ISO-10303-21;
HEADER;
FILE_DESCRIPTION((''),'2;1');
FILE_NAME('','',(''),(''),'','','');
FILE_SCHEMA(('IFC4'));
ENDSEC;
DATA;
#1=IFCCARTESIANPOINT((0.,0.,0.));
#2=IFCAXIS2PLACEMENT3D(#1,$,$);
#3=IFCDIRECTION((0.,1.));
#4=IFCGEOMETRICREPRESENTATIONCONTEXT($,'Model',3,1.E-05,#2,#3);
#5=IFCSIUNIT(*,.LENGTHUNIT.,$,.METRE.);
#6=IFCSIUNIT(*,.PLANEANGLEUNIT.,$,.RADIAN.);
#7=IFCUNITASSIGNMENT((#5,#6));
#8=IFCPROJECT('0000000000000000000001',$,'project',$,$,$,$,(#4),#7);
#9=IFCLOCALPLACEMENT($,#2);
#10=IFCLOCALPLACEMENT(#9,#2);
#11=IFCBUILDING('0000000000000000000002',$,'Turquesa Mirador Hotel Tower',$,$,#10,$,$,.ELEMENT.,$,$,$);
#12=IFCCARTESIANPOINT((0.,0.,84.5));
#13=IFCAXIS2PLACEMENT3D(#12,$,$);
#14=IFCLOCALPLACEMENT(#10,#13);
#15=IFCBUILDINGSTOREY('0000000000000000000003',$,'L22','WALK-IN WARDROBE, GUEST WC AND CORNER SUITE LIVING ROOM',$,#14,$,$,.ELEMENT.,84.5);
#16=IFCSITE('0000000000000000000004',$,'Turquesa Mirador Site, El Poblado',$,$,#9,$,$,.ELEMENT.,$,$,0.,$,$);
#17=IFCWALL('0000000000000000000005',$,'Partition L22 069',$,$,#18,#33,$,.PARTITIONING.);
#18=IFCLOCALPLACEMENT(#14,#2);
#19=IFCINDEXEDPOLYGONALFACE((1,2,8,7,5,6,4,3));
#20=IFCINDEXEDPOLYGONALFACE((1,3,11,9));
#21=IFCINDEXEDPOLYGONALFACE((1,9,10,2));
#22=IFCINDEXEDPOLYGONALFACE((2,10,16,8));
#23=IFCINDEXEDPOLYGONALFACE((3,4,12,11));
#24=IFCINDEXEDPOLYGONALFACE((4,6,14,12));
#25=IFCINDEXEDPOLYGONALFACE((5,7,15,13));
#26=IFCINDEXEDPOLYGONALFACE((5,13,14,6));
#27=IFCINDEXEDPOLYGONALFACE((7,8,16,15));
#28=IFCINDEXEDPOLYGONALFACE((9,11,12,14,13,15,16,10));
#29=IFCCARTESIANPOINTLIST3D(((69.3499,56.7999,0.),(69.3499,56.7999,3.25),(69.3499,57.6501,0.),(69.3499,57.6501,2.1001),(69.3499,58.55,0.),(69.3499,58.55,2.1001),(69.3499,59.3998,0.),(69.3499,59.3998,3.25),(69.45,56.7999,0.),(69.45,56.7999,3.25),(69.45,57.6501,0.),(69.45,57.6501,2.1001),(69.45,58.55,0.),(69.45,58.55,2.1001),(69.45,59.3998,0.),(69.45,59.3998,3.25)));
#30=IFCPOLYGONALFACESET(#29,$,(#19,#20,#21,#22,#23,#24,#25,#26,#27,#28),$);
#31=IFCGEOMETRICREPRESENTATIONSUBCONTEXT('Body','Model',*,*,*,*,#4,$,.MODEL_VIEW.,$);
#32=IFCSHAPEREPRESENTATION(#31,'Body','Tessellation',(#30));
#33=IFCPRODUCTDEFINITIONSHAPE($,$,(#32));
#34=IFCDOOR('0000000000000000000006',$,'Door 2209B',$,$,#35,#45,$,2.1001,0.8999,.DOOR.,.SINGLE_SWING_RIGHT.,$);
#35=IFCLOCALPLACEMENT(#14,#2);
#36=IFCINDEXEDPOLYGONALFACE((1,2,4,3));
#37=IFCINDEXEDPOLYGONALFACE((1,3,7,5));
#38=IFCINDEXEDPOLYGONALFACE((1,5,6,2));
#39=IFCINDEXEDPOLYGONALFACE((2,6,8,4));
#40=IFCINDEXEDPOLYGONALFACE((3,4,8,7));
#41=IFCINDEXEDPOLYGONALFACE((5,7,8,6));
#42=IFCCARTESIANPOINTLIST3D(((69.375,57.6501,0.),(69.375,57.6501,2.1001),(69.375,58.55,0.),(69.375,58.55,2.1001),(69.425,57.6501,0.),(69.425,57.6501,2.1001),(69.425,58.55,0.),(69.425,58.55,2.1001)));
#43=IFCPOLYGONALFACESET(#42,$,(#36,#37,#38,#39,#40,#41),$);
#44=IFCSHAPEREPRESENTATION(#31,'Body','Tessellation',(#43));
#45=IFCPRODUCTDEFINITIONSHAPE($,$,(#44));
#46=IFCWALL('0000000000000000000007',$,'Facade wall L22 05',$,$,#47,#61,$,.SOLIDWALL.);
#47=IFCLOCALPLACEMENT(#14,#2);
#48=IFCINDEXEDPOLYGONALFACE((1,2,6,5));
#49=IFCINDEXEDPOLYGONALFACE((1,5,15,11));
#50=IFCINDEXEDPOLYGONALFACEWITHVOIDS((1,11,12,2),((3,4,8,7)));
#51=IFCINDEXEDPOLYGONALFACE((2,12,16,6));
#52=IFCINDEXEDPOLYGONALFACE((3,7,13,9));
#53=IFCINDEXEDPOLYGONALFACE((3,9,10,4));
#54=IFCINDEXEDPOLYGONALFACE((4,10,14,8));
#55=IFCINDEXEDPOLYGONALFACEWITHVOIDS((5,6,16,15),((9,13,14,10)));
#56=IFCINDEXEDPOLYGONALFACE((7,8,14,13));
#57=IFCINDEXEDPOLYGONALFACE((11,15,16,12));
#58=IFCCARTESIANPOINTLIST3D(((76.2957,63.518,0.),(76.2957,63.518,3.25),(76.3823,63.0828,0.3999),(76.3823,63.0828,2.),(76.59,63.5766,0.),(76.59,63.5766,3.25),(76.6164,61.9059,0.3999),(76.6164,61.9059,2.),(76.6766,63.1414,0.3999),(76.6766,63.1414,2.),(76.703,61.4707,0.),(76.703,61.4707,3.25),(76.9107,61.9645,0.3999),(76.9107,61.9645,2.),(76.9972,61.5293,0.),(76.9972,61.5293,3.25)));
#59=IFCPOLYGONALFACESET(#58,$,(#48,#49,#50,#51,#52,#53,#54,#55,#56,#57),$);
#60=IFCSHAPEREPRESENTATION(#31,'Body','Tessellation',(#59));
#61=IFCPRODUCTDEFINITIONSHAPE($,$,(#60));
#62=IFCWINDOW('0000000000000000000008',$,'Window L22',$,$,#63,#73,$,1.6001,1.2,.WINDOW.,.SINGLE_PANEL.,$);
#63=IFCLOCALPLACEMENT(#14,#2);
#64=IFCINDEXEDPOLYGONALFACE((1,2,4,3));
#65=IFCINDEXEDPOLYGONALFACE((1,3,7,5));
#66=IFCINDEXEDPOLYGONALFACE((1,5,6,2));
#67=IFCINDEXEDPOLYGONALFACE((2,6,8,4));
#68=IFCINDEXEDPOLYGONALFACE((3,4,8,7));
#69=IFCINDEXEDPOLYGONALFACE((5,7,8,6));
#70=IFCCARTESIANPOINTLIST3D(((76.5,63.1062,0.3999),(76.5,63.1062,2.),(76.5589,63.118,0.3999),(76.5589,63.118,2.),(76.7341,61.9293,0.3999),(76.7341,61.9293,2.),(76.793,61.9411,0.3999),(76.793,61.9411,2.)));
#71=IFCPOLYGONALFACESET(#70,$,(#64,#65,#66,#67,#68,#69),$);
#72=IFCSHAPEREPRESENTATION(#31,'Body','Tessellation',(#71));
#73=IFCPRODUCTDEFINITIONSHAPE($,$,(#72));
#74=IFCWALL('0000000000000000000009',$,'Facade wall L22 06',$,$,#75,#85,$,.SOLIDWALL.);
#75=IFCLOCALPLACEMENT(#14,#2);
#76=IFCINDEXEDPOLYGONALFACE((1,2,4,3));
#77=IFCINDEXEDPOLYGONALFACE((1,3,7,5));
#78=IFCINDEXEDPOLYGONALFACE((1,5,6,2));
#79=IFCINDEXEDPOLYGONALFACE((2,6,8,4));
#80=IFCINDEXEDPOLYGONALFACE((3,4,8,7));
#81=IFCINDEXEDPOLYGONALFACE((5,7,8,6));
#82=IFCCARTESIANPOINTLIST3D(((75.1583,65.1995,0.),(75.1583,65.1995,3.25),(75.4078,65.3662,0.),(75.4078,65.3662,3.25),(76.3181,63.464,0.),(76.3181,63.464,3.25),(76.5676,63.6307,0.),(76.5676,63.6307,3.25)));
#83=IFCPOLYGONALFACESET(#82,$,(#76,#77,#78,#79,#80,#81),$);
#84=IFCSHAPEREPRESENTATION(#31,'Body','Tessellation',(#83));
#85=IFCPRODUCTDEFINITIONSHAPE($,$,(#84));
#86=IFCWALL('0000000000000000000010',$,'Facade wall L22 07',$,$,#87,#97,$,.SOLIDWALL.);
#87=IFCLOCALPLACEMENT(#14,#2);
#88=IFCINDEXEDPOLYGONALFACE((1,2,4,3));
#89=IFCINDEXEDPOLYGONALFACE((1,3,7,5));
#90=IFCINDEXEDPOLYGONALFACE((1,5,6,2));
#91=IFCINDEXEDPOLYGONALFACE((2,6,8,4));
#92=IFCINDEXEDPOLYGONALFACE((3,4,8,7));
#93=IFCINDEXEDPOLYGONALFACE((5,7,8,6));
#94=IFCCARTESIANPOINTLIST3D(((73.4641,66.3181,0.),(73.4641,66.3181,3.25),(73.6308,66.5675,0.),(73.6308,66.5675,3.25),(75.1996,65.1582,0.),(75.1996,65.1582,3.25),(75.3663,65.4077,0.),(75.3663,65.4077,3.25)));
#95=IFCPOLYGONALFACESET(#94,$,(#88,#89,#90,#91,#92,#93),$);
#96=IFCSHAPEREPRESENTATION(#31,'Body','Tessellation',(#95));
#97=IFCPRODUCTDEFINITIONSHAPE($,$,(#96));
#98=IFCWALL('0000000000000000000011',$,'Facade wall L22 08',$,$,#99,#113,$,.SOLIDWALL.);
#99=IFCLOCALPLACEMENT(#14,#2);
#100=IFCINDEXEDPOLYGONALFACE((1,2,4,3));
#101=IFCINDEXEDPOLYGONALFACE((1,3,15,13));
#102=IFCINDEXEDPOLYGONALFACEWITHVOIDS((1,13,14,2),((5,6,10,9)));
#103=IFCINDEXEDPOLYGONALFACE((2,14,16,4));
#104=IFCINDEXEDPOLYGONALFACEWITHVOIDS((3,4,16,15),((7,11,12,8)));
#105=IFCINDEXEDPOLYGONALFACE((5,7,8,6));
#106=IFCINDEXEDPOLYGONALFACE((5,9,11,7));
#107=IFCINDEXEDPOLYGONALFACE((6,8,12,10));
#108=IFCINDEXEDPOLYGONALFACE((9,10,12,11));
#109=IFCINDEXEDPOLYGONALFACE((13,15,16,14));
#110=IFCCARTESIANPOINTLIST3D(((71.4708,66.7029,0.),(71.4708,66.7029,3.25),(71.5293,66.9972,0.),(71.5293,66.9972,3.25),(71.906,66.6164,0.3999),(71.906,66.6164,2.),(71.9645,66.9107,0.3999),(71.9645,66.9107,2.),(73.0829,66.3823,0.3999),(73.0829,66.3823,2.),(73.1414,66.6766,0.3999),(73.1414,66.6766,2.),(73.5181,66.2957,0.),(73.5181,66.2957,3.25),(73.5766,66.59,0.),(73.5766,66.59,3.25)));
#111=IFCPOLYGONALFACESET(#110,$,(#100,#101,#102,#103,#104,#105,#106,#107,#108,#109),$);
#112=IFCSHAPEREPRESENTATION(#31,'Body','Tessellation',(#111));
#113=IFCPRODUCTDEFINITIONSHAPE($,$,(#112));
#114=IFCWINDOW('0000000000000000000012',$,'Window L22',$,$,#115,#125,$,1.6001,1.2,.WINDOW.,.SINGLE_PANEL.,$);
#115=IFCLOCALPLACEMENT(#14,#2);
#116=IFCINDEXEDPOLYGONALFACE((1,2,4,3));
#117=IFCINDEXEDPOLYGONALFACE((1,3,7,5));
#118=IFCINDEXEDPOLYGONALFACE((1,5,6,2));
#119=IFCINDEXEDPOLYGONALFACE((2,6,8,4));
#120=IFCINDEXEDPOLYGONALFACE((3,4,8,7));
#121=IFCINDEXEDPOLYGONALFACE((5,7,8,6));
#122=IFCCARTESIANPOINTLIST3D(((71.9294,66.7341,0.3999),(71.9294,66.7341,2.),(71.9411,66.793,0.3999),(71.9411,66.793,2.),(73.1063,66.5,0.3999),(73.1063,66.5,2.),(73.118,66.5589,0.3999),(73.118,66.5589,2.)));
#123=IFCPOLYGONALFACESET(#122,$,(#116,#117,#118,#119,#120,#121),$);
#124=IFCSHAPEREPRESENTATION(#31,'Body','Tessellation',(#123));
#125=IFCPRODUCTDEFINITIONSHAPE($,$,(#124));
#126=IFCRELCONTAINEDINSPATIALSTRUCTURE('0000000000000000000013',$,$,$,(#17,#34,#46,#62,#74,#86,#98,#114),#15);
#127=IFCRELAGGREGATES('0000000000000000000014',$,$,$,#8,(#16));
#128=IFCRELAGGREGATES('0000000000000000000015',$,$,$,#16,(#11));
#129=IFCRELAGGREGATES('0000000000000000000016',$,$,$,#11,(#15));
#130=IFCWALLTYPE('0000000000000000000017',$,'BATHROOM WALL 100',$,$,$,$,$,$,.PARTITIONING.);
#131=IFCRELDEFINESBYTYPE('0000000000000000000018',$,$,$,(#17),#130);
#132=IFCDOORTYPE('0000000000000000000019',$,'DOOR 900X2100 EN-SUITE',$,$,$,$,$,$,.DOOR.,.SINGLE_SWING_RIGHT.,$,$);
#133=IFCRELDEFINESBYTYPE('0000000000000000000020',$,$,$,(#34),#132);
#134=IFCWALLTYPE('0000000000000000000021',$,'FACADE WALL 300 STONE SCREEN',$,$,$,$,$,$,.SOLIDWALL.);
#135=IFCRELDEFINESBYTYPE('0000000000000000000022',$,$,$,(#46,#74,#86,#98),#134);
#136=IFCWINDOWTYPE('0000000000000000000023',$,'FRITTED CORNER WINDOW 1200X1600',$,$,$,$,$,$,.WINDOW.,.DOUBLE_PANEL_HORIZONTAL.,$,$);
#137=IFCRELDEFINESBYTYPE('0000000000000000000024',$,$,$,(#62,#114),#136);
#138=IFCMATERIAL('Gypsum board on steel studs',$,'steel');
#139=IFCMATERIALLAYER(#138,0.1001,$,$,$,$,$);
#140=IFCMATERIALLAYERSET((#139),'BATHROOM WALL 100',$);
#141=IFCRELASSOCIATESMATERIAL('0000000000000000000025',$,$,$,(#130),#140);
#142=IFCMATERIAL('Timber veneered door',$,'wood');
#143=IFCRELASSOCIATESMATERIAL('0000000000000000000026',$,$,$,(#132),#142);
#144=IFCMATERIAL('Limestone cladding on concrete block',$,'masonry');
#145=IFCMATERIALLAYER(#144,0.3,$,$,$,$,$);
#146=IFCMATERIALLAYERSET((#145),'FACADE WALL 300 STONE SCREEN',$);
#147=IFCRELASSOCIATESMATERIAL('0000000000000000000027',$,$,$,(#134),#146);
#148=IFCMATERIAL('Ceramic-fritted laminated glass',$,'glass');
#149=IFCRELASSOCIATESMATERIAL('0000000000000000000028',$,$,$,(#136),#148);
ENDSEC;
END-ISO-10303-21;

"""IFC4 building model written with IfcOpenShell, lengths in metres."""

from ifc_helpers import new_model, si_unit, direction, frame, frame_2d, origin, place, context, subcontext, project, spatial, rectangle, extrude, material, layer, layer_set, type_object, element, fill, save


model = new_model("IFC4")

# Units and contexts
model_context = context("Model", 3, precision=1e-05, world=origin(), true_north=direction((0.0, 1.0)))
body_context = subcontext(model_context, "Body", "Model", "MODEL_VIEW")
ifc_project = project(units=[si_unit("LENGTHUNIT", "METRE"), si_unit("PLANEANGLEUNIT", "RADIAN")], contexts=[model_context])

# Site, building, storey
site_placement = place(None, origin())
site = spatial("IfcSite", under=ifc_project, at=site_placement, Name="Turquesa Mirador Site, El Poblado", CompositionType="ELEMENT", RefElevation=0.0)
building_placement = place(site_placement, origin())
building = spatial("IfcBuilding", under=site, at=building_placement, Name="Turquesa Mirador Hotel Tower", CompositionType="ELEMENT")
storey_placement = place(building_placement, frame((0.0, 0.0, 84.5)))
storey = spatial("IfcBuildingStorey", under=building, at=storey_placement, Name="L22", Description="WALK-IN WARDROBE, GUEST WC AND CORNER SUITE LIVING ROOM", CompositionType="ELEMENT", Elevation=84.5)

# Shared definitions
ifc_material_1 = material(Name="Gypsum board on steel studs", Category="steel")
ifc_layer_1 = layer(ifc_material_1, 0.1001)
ifc_layer_set_1 = layer_set([ifc_layer_1], Name="BATHROOM WALL 100")
wall_type_1 = type_object("IfcWallType", Name="BATHROOM WALL 100", PredefinedType="PARTITIONING", material=ifc_layer_set_1)

# Wall, opening, door
wall_1_placement = place(storey_placement, frame((69.3999, 56.8, 0.0), z_axis=(0.0, 0.0, 1.0), x_axis=(0.0, 1.0, 0.0)))
wall_1 = element("IfcWall", 1, at=wall_1_placement, inside=storey, type_object=wall_type_1, Name="Partition L22 069", PredefinedType="PARTITIONING", context=body_context, shape_type="SweptSolid", body=[
    extrude(rectangle(XDim=2.5999, YDim=0.1001, at=frame_2d((1.2998, 0.0))), origin(), (0.0, 0.0, 1.0), 3.25),
])
opening_1_placement = place(wall_1_placement, frame((0.8501, 0.0, 0.0)))
opening_1 = element("IfcOpeningElement", 2, at=opening_1_placement, cuts=wall_1, PredefinedType="OPENING", context=body_context, shape_type="SweptSolid", body=[
    extrude(rectangle(XDim=0.8999, YDim=2.1001, at=frame_2d((0.45, 1.05))), frame((0.0, 0.0601, 0.0), z_axis=(0.0, -1.0, 0.0), x_axis=(1.0, 0.0, 0.0)), (0.0, 0.0, 1.0), 0.1201),
])
ifc_material_2 = material(Name="Timber veneered door", Category="wood")
door_type = type_object("IfcDoorType", Name="DOOR 900X2100 EN-SUITE", OperationType="SINGLE_SWING_RIGHT", PredefinedType="DOOR", material=ifc_material_2)
door_placement = place(opening_1_placement, origin())
door = element("IfcDoor", 3, at=door_placement, inside=storey, type_object=door_type, Name="Door 2209B", OperationType="SINGLE_SWING_RIGHT", OverallHeight=2.1001, OverallWidth=0.8999, PredefinedType="DOOR", context=body_context, shape_type="SweptSolid", body=[
    extrude(rectangle(XDim=0.8999, YDim=2.1001, at=frame_2d((0.45, 1.05))), frame((0.0, 0.0249, 0.0), z_axis=(0.0, -1.0, 0.0), x_axis=(1.0, 0.0, 0.0)), (0.0, 0.0, 1.0), 0.05),
])
fill(opening_1, door)

# Wall, opening, window
ifc_material_3 = material(Name="Limestone cladding on concrete block", Category="masonry")
ifc_layer_2 = layer(ifc_material_3, 0.3)
ifc_layer_set_2 = layer_set([ifc_layer_2], Name="FACADE WALL 300 STONE SCREEN")
wall_type_2 = type_object("IfcWallType", Name="FACADE WALL 300 STONE SCREEN", PredefinedType="SOLIDWALL", material=ifc_layer_set_2)
wall_2_placement = place(storey_placement, frame((76.8501, 61.5, 0.0), z_axis=(0.0, 0.0, 1.0), x_axis=(-0.195081, 0.980787, 0.0)))
wall_2 = element("IfcWall", 4, at=wall_2_placement, inside=storey, type_object=wall_type_2, Name="Facade wall L22 05", PredefinedType="SOLIDWALL", context=body_context, shape_type="SweptSolid", body=[
    extrude(rectangle(XDim=2.0874, YDim=0.3, at=frame_2d((1.0437, 0.0))), origin(), (0.0, 0.0, 1.0), 3.25),
])
opening_2_placement = place(wall_2_placement, frame((0.4436, 0.0, 0.3999)))
opening_2 = element("IfcOpeningElement", 5, at=opening_2_placement, cuts=wall_2, PredefinedType="OPENING", context=body_context, shape_type="SweptSolid", body=[
    extrude(rectangle(XDim=1.2, YDim=1.6001, at=frame_2d((0.6001, 0.8))), frame((0.0, 0.1599, 0.0), z_axis=(0.0, -1.0, 0.0), x_axis=(1.0, 0.0, 0.0)), (0.0, 0.0, 1.0), 0.3201),
])
ifc_material_4 = material(Name="Ceramic-fritted laminated glass", Category="glass")
window_type_1 = type_object("IfcWindowType", Name="FRITTED CORNER WINDOW 1200X1600", PartitioningType="DOUBLE_PANEL_HORIZONTAL", PredefinedType="WINDOW", material=ifc_material_4)
window_1_placement = place(opening_2_placement, origin())
window_1 = element("IfcWindow", 6, at=window_1_placement, inside=storey, type_object=window_type_1, Name="Window L22", OverallHeight=1.6001, OverallWidth=1.2, PartitioningType="SINGLE_PANEL", PredefinedType="WINDOW", context=body_context, shape_type="SweptSolid", body=[
    extrude(rectangle(XDim=1.2, YDim=1.6001, at=frame_2d((0.6001, 0.8))), frame((0.0, 0.03, 0.0), z_axis=(0.0, -1.0, 0.0), x_axis=(1.0, 0.0, 0.0)), (0.0, 0.0, 1.0), 0.0601),
])
fill(opening_2, window_1)

# Walls
for number, where, z_axis, x_axis, name in (
    (7, (76.4429, 63.5474, 0.0), (0.0, 0.0, 1.0), (-0.555644, 0.83142, 0.0), "Facade wall L22 06"),
    (8, (75.283, 65.283, 0.0), (0.0, 0.0, 1.0), (-0.83142, 0.555644, 0.0), "Facade wall L22 07"),
):
    element("IfcWall", number, at=place(storey_placement, frame(where, z_axis=z_axis, x_axis=x_axis)), inside=storey, type_object=wall_type_2, Name=name, PredefinedType="SOLIDWALL", context=body_context, shape_type="SweptSolid", body=[
        extrude(rectangle(XDim=2.0874, YDim=0.3, at=frame_2d((1.0437, 0.0))), origin(), (0.0, 0.0, 1.0), 3.25),
    ])

# Wall, opening, window
wall_3_placement = place(storey_placement, frame((73.5474, 66.4429, 0.0), z_axis=(0.0, 0.0, 1.0), x_axis=(-0.980787, 0.195081, 0.0)))
wall_3 = element("IfcWall", 9, at=wall_3_placement, inside=storey, type_object=wall_type_2, Name="Facade wall L22 08", PredefinedType="SOLIDWALL", context=body_context, shape_type="SweptSolid", body=[
    extrude(rectangle(XDim=2.0874, YDim=0.3, at=frame_2d((1.0437, 0.0))), origin(), (0.0, 0.0, 1.0), 3.25),
])
opening_3_placement = place(wall_3_placement, frame((0.4436, 0.0, 0.3999)))
opening_3 = element("IfcOpeningElement", 10, at=opening_3_placement, cuts=wall_3, PredefinedType="OPENING", context=body_context, shape_type="SweptSolid", body=[
    extrude(rectangle(XDim=1.2, YDim=1.6001, at=frame_2d((0.6001, 0.8))), frame((0.0, 0.1599, 0.0), z_axis=(0.0, -1.0, 0.0), x_axis=(1.0, 0.0, 0.0)), (0.0, 0.0, 1.0), 0.3201),
])
window_2_placement = place(opening_3_placement, origin())
window_2 = element("IfcWindow", 11, at=window_2_placement, inside=storey, type_object=window_type_1, Name="Window L22", OverallHeight=1.6001, OverallWidth=1.2, PartitioningType="SINGLE_PANEL", PredefinedType="WINDOW", context=body_context, shape_type="SweptSolid", body=[
    extrude(rectangle(XDim=1.2, YDim=1.6001, at=frame_2d((0.6001, 0.8))), frame((0.0, 0.03, 0.0), z_axis=(0.0, -1.0, 0.0), x_axis=(1.0, 0.0, 0.0)), (0.0, 0.0, 1.0), 0.0601),
])
fill(opening_3, window_2)

save(model, "model.ifc")
